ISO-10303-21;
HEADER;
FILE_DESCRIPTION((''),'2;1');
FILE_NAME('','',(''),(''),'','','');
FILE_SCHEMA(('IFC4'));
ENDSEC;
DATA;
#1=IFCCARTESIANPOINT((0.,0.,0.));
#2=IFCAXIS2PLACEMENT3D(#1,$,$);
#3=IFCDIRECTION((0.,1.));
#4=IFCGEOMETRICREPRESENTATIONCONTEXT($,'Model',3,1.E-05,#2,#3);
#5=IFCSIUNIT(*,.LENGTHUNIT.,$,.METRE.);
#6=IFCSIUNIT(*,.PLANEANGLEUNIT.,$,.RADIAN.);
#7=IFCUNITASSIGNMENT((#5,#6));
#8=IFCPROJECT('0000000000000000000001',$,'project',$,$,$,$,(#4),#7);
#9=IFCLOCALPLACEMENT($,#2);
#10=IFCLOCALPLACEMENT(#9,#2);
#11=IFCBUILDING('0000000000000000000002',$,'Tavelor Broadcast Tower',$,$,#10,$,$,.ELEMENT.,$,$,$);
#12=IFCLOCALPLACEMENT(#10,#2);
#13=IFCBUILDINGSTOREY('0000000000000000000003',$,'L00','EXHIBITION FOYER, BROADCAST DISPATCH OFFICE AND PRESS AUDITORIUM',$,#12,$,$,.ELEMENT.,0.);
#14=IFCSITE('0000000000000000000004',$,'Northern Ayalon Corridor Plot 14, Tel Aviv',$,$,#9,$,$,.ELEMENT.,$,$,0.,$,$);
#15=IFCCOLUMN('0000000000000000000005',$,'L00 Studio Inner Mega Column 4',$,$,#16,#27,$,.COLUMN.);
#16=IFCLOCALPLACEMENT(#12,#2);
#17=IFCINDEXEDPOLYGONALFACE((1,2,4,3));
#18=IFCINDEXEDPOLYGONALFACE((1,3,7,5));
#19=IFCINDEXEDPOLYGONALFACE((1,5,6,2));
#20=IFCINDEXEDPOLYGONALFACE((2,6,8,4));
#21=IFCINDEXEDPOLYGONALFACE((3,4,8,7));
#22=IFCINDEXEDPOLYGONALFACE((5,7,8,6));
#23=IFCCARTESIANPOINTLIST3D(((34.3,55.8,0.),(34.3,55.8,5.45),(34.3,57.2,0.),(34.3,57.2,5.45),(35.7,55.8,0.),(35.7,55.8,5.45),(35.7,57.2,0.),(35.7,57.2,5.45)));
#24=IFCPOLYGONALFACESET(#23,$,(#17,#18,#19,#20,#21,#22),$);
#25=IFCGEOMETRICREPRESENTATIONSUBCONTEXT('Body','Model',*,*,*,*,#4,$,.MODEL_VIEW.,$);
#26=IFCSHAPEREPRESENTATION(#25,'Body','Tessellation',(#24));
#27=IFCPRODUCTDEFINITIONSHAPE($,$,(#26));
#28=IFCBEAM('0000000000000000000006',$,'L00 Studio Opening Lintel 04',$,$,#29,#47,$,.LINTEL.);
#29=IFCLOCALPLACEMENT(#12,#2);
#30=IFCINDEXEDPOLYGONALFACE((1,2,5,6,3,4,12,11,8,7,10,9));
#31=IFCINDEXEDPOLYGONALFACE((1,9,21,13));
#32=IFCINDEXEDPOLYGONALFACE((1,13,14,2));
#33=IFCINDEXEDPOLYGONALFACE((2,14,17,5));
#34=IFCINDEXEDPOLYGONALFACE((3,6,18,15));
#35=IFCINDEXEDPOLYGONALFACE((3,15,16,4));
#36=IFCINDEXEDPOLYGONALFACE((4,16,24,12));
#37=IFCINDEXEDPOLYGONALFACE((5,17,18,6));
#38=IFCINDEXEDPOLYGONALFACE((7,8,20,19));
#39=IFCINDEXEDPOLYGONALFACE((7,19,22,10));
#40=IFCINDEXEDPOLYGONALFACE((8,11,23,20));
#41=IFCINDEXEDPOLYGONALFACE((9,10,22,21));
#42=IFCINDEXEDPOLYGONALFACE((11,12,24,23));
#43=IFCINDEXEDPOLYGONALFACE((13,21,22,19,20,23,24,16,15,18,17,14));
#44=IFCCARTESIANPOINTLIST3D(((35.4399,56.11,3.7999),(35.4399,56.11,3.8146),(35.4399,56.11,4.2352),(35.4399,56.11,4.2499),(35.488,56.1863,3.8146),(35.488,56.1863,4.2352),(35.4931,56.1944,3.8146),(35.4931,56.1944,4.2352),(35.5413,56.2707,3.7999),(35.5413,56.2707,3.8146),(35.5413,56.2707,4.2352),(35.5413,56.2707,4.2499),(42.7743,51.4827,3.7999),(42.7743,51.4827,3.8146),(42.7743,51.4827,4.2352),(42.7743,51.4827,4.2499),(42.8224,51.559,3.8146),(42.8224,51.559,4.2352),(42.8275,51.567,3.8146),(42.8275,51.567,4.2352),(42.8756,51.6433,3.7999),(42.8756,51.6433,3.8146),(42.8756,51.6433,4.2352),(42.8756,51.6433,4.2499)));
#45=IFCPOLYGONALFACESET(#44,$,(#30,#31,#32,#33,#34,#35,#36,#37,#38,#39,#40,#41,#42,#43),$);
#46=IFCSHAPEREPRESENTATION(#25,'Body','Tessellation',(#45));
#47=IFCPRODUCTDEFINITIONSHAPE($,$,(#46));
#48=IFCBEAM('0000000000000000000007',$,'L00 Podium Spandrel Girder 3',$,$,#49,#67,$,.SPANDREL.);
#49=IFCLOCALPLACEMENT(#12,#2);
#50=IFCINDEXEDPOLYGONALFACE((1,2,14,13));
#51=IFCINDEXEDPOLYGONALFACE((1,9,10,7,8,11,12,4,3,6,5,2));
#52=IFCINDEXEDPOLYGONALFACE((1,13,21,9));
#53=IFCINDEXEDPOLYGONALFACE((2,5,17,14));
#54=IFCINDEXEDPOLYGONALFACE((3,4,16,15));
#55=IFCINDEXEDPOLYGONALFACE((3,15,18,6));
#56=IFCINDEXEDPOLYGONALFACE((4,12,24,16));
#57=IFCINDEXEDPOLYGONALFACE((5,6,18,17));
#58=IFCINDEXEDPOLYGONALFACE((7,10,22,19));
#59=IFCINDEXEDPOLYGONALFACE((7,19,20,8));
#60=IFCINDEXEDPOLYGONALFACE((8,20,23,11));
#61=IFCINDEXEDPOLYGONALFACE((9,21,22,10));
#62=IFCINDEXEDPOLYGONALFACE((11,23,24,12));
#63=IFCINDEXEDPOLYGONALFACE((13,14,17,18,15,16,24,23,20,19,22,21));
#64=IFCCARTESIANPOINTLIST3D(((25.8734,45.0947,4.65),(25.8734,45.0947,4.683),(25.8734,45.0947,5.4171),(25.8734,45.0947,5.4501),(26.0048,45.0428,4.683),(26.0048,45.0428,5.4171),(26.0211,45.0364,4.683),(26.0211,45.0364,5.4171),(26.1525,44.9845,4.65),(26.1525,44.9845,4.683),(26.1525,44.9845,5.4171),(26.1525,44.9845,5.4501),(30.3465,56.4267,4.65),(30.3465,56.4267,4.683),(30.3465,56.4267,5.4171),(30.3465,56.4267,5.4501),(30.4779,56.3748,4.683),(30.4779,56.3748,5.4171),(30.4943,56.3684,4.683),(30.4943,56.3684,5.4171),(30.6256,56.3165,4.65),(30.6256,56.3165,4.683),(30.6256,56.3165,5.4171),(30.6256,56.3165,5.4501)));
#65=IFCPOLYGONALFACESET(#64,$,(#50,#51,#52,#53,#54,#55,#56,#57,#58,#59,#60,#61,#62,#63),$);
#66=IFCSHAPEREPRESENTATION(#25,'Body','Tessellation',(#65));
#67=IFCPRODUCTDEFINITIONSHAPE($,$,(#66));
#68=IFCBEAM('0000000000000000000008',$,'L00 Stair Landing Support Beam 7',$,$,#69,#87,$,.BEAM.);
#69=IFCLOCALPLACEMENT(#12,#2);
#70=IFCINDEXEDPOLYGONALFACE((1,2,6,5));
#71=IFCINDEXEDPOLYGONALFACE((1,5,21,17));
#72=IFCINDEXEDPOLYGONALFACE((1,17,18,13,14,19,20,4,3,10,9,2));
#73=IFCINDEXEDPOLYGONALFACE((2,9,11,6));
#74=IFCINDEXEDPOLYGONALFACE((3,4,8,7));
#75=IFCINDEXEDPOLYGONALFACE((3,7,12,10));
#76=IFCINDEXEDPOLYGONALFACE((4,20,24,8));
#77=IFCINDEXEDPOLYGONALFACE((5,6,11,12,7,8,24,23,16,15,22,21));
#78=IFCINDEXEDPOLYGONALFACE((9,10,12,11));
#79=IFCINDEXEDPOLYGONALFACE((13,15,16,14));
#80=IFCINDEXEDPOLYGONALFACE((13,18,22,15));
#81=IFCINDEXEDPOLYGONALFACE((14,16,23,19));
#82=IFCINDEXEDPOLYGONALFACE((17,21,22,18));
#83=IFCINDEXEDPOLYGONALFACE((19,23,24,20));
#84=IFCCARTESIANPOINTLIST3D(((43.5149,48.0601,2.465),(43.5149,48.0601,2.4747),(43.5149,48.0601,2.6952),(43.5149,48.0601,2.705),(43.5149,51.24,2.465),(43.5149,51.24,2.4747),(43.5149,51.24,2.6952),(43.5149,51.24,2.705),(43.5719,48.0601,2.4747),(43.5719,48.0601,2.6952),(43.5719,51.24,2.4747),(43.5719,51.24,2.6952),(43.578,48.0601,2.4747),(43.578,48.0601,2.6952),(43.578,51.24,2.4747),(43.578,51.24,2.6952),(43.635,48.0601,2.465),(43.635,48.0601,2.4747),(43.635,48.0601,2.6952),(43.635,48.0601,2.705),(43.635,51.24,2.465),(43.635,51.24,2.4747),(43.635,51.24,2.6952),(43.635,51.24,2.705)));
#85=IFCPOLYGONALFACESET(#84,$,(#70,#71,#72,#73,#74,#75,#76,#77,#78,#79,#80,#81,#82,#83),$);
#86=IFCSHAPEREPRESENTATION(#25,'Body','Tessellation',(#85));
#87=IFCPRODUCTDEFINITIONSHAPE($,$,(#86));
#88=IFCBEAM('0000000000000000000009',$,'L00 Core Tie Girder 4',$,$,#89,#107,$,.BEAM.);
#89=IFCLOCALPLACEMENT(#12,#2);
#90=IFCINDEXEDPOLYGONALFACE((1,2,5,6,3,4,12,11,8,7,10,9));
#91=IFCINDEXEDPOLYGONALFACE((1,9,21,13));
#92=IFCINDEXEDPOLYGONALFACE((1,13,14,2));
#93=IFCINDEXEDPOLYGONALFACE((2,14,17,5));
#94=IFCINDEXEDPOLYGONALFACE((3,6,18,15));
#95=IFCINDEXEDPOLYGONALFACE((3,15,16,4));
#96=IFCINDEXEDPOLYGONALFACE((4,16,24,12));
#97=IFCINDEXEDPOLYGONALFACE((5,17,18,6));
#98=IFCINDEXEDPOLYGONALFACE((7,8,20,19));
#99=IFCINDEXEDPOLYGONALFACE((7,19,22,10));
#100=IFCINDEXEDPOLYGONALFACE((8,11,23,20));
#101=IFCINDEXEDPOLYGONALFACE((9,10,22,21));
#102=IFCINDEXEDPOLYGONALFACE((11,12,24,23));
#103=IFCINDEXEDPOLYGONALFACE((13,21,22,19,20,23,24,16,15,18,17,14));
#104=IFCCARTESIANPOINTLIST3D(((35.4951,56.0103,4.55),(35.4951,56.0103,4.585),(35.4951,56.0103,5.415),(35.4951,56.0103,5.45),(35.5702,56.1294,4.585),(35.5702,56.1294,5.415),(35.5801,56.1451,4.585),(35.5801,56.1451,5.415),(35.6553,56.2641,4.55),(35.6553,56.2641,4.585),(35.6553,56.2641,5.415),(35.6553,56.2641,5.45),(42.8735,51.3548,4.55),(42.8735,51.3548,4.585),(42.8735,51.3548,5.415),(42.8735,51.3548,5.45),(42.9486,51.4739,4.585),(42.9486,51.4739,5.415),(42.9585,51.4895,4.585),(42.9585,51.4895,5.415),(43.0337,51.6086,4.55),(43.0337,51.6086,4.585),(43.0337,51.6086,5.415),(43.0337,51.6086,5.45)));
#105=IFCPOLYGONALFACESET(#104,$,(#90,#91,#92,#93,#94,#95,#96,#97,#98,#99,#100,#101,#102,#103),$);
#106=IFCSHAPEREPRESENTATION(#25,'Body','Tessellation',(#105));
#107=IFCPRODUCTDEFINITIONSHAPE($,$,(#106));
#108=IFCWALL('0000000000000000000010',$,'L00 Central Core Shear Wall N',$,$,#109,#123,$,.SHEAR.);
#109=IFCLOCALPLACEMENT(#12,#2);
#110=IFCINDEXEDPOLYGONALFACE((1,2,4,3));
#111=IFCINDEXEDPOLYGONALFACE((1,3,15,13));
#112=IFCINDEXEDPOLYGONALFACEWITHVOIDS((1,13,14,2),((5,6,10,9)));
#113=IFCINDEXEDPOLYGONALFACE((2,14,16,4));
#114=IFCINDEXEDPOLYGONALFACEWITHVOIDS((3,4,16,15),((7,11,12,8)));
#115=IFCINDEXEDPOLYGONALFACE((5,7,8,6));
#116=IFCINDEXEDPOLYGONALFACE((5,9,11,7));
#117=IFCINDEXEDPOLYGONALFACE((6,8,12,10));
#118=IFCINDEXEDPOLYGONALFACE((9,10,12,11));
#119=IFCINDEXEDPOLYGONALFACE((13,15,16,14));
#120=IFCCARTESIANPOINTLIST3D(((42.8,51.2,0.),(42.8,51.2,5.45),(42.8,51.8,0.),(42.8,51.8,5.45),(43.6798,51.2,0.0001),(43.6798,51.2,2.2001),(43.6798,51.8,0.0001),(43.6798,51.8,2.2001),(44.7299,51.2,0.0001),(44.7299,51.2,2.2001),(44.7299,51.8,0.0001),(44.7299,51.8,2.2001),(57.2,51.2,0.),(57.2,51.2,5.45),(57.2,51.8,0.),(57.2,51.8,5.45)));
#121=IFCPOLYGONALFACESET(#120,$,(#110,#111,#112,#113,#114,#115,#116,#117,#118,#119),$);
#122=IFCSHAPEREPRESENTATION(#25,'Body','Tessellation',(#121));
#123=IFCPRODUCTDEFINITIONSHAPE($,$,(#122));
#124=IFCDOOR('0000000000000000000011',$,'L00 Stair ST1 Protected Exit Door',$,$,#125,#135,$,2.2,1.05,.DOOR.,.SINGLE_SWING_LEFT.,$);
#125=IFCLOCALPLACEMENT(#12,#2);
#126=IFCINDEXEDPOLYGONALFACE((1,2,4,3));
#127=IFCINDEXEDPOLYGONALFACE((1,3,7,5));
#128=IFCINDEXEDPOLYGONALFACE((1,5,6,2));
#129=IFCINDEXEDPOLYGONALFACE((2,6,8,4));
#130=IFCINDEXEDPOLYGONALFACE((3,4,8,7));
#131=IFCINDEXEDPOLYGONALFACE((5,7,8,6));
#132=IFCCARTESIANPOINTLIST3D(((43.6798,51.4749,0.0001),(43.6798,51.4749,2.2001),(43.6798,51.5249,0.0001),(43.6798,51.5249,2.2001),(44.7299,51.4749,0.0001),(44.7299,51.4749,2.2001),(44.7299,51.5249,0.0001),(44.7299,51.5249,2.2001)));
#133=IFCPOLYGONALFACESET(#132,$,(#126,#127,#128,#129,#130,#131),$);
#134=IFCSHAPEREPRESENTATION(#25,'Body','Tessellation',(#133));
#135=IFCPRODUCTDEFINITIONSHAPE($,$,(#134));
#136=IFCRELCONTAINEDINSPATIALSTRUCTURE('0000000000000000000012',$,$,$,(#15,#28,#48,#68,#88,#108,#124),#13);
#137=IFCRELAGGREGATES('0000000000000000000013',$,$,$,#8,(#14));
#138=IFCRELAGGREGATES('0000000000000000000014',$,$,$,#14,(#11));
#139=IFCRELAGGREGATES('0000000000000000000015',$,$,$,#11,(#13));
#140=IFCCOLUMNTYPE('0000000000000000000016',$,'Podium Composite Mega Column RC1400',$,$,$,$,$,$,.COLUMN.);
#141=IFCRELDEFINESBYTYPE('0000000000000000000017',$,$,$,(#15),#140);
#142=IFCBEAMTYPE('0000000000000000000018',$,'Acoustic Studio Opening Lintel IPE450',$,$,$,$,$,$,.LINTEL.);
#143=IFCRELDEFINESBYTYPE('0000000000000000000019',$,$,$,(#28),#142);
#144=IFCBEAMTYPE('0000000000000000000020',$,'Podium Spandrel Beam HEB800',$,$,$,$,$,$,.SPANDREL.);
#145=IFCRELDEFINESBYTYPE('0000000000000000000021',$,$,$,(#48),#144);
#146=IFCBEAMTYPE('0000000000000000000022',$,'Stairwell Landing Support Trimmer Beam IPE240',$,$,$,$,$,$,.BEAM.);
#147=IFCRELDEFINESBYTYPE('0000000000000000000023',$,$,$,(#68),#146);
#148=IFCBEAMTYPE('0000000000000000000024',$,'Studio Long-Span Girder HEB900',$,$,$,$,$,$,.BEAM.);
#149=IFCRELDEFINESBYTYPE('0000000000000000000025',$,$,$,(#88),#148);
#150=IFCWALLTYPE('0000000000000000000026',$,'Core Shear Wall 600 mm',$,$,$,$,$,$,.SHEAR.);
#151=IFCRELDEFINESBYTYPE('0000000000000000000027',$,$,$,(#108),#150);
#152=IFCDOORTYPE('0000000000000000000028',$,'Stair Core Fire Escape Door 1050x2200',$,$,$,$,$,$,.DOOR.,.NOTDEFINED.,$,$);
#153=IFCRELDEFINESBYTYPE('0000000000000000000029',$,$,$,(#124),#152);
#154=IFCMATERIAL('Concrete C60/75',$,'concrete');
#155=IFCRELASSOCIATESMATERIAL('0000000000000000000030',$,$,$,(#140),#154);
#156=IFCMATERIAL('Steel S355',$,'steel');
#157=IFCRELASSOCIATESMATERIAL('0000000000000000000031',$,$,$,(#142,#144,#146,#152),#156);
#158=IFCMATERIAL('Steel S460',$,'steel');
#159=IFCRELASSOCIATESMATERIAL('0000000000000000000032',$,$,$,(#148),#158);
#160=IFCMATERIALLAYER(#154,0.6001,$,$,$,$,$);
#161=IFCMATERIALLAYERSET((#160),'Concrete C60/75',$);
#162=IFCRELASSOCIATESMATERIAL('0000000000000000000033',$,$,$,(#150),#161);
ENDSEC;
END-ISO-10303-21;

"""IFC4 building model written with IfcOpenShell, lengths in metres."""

from ifc_helpers import new_model, si_unit, direction, frame, frame_2d, origin, origin_2d, place, context, subcontext, project, spatial, rectangle, i_section, extrude, material, layer, layer_set, material_profile, profile_set, type_object, element, fill, save


model = new_model("IFC4")

# Units and contexts
model_context = context("Model", 3, precision=1e-05, world=origin(), true_north=direction((0.0, 1.0)))
body_context = subcontext(model_context, "Body", "Model", "MODEL_VIEW")
ifc_project = project(units=[si_unit("LENGTHUNIT", "METRE"), si_unit("PLANEANGLEUNIT", "RADIAN")], contexts=[model_context])

# Site, building, storey
site_placement = place(None, origin())
site = spatial("IfcSite", under=ifc_project, at=site_placement, Name="Northern Ayalon Corridor Plot 14, Tel Aviv", CompositionType="ELEMENT", RefElevation=0.0)
building_placement = place(site_placement, origin())
building = spatial("IfcBuilding", under=site, at=building_placement, Name="Tavelor Broadcast Tower", CompositionType="ELEMENT")
storey_placement = place(building_placement, origin())
storey = spatial("IfcBuildingStorey", under=building, at=storey_placement, Name="L00", Description="EXHIBITION FOYER, BROADCAST DISPATCH OFFICE AND PRESS AUDITORIUM", CompositionType="ELEMENT", Elevation=0.0)

# Column
ifc_material_1 = material(Name="Concrete C60/75", Category="concrete")
ifc_material_profile_1 = material_profile(ifc_material_1, rectangle(XDim=1.3999, YDim=1.3999, at=origin_2d()), Name="RC 1400x1400")
ifc_profile_set_1 = profile_set([ifc_material_profile_1], Name="Concrete C60/75")
column_type = type_object("IfcColumnType", Name="Podium Composite Mega Column RC1400", PredefinedType="COLUMN", material=ifc_profile_set_1)
column_placement = place(storey_placement, frame((35.0, 56.5, 0.0), z_axis=(0.0, 0.0, 1.0), x_axis=(1.0, 0.0, 0.0)))
element("IfcColumn", 1, at=column_placement, inside=storey, type_object=column_type, Name="L00 Studio Inner Mega Column 4", PredefinedType="COLUMN", context=body_context, shape_type="SweptSolid", body=[
    extrude(rectangle(XDim=1.3999, YDim=1.3999, at=origin_2d()), origin(), (0.0, 0.0, 1.0), 5.45),
])

# Beams
ifc_material_2 = material(Name="Steel S355", Category="steel")
ifc_material_profile_2 = material_profile(ifc_material_2, i_section(OverallWidth=0.1899, OverallDepth=0.45, WebThickness=0.0095, FlangeThickness=0.0146, at=origin_2d()), Name="IPE 450")
ifc_profile_set_2 = profile_set([ifc_material_profile_2], Name="Steel S355")
beam_type_1 = type_object("IfcBeamType", Name="Acoustic Studio Opening Lintel IPE450", PredefinedType="LINTEL", material=ifc_profile_set_2)
beam_1_placement = place(storey_placement, frame((42.825, 51.563, 4.0249), z_axis=(-0.845742, 0.533593, 0.0), x_axis=(-0.533593, -0.845742, 0.0)))
element("IfcBeam", 2, at=beam_1_placement, inside=storey, type_object=beam_type_1, Name="L00 Studio Opening Lintel 04", PredefinedType="LINTEL", context=body_context, shape_type="SweptSolid", body=[
    extrude(i_section(OverallWidth=0.1899, OverallDepth=0.45, WebThickness=0.0095, FlangeThickness=0.0146, at=origin_2d()), origin(), (0.0, 0.0, 1.0), 8.6721),
])
ifc_material_profile_3 = material_profile(ifc_material_2, i_section(OverallWidth=0.3, OverallDepth=0.8, WebThickness=0.0176, FlangeThickness=0.033, at=origin_2d()), Name="HEB 800")
ifc_profile_set_3 = profile_set([ifc_material_profile_3], Name="Steel S355")
beam_type_2 = type_object("IfcBeamType", Name="Podium Spandrel Beam HEB800", PredefinedType="SPANDREL", material=ifc_profile_set_3)
beam_2_placement = place(storey_placement, frame((30.4861, 56.3716, 5.05), z_axis=(-0.367165, -0.930156, 0.0), x_axis=(0.930156, -0.367165, 0.0)))
element("IfcBeam", 3, at=beam_2_placement, inside=storey, type_object=beam_type_2, Name="L00 Podium Spandrel Girder 3", PredefinedType="SPANDREL", context=body_context, shape_type="SweptSolid", body=[
    extrude(i_section(OverallWidth=0.3, OverallDepth=0.8, WebThickness=0.0176, FlangeThickness=0.033, at=origin_2d()), origin(), (0.0, 0.0, 1.0), 12.1829),
])
ifc_material_profile_4 = material_profile(ifc_material_2, i_section(OverallWidth=0.1201, OverallDepth=0.24, WebThickness=0.0061, FlangeThickness=0.0098, at=origin_2d()), Name="IPE 240")
ifc_profile_set_4 = profile_set([ifc_material_profile_4], Name="Steel S355")
beam_type_3 = type_object("IfcBeamType", Name="Stairwell Landing Support Trimmer Beam IPE240", PredefinedType="BEAM", material=ifc_profile_set_4)
beam_3_placement = place(storey_placement, frame((43.575, 48.0601, 2.585), z_axis=(0.0, 1.0, 0.0), x_axis=(-1.0, 0.0, 0.0)))
element("IfcBeam", 4, at=beam_3_placement, inside=storey, type_object=beam_type_3, Name="L00 Stair Landing Support Beam 7", PredefinedType="BEAM", context=body_context, shape_type="SweptSolid", body=[
    extrude(i_section(OverallWidth=0.1201, OverallDepth=0.24, WebThickness=0.0061, FlangeThickness=0.0098, at=origin_2d()), origin(), (0.0, 0.0, 1.0), 3.1799),
])
ifc_material_3 = material(Name="Steel S460", Category="steel")
ifc_material_profile_5 = material_profile(ifc_material_3, i_section(OverallWidth=0.3, OverallDepth=0.8999, WebThickness=0.0186, FlangeThickness=0.0349, at=origin_2d()), Name="HEB 900")
ifc_profile_set_5 = profile_set([ifc_material_profile_5], Name="Steel S460")
beam_type_4 = type_object("IfcBeamType", Name="Studio Long-Span Girder HEB900", PredefinedType="BEAM", material=ifc_profile_set_5)
beam_4_placement = place(storey_placement, frame((35.5752, 56.1372, 5.0), z_axis=(0.845724, -0.533621, 0.0), x_axis=(0.533621, 0.845724, 0.0)))
element("IfcBeam", 5, at=beam_4_placement, inside=storey, type_object=beam_type_4, Name="L00 Core Tie Girder 4", PredefinedType="BEAM", context=body_context, shape_type="SweptSolid", body=[
    extrude(i_section(OverallWidth=0.3, OverallDepth=0.8999, WebThickness=0.0186, FlangeThickness=0.0349, at=origin_2d()), origin(), (0.0, 0.0, 1.0), 8.7244),
])

# Wall, opening, door
ifc_layer_1 = layer(ifc_material_1, 0.6001)
ifc_layer_set_1 = layer_set([ifc_layer_1], Name="Concrete C60/75")
wall_type_1 = type_object("IfcWallType", Name="Core Shear Wall 600 mm", PredefinedType="SHEAR", material=ifc_layer_set_1)
wall_1_placement = place(storey_placement, frame((42.8, 51.5, 0.0), z_axis=(0.0, 0.0, 1.0), x_axis=(1.0, 0.0, 0.0)))
wall_1 = element("IfcWall", 6, at=wall_1_placement, inside=storey, type_object=wall_type_1, Name="L00 Central Core Shear Wall N", PredefinedType="SHEAR", context=body_context, shape_type="SweptSolid", body=[
    extrude(rectangle(XDim=14.3999, YDim=0.6001, at=frame_2d((7.2, 0.0))), origin(), (0.0, 0.0, 1.0), 5.45),
])
opening_1_placement = place(wall_1_placement, frame((0.8799, 0.0, 0.0)))
opening_1 = element("IfcOpeningElement", 7, at=opening_1_placement, cuts=wall_1, PredefinedType="OPENING", context=body_context, shape_type="SweptSolid", body=[
    extrude(rectangle(XDim=1.05, YDim=2.2, at=frame_2d((0.5249, 1.1001))), frame((0.0, 0.3101, 0.0), z_axis=(0.0, -1.0, 0.0), x_axis=(1.0, 0.0, 0.0)), (0.0, 0.0, 1.0), 0.6201),
])
door_type_1 = type_object("IfcDoorType", Name="Stair Core Fire Escape Door 1050x2200", OperationType="NOTDEFINED", PredefinedType="DOOR", material=ifc_material_2)
door_1_placement = place(opening_1_placement, origin())
door_1 = element("IfcDoor", 8, at=door_1_placement, inside=storey, type_object=door_type_1, Name="L00 Stair ST1 Protected Exit Door", OperationType="SINGLE_SWING_LEFT", OverallHeight=2.2, OverallWidth=1.05, PredefinedType="DOOR", context=body_context, shape_type="SweptSolid", body=[
    extrude(rectangle(XDim=1.05, YDim=2.2, at=frame_2d((0.5249, 1.1001))), frame((0.0, 0.0249, 0.0), z_axis=(0.0, -1.0, 0.0), x_axis=(1.0, 0.0, 0.0)), (0.0, 0.0, 1.0), 0.05),
])
fill(opening_1, door_1)

save(model, "model.ifc")
